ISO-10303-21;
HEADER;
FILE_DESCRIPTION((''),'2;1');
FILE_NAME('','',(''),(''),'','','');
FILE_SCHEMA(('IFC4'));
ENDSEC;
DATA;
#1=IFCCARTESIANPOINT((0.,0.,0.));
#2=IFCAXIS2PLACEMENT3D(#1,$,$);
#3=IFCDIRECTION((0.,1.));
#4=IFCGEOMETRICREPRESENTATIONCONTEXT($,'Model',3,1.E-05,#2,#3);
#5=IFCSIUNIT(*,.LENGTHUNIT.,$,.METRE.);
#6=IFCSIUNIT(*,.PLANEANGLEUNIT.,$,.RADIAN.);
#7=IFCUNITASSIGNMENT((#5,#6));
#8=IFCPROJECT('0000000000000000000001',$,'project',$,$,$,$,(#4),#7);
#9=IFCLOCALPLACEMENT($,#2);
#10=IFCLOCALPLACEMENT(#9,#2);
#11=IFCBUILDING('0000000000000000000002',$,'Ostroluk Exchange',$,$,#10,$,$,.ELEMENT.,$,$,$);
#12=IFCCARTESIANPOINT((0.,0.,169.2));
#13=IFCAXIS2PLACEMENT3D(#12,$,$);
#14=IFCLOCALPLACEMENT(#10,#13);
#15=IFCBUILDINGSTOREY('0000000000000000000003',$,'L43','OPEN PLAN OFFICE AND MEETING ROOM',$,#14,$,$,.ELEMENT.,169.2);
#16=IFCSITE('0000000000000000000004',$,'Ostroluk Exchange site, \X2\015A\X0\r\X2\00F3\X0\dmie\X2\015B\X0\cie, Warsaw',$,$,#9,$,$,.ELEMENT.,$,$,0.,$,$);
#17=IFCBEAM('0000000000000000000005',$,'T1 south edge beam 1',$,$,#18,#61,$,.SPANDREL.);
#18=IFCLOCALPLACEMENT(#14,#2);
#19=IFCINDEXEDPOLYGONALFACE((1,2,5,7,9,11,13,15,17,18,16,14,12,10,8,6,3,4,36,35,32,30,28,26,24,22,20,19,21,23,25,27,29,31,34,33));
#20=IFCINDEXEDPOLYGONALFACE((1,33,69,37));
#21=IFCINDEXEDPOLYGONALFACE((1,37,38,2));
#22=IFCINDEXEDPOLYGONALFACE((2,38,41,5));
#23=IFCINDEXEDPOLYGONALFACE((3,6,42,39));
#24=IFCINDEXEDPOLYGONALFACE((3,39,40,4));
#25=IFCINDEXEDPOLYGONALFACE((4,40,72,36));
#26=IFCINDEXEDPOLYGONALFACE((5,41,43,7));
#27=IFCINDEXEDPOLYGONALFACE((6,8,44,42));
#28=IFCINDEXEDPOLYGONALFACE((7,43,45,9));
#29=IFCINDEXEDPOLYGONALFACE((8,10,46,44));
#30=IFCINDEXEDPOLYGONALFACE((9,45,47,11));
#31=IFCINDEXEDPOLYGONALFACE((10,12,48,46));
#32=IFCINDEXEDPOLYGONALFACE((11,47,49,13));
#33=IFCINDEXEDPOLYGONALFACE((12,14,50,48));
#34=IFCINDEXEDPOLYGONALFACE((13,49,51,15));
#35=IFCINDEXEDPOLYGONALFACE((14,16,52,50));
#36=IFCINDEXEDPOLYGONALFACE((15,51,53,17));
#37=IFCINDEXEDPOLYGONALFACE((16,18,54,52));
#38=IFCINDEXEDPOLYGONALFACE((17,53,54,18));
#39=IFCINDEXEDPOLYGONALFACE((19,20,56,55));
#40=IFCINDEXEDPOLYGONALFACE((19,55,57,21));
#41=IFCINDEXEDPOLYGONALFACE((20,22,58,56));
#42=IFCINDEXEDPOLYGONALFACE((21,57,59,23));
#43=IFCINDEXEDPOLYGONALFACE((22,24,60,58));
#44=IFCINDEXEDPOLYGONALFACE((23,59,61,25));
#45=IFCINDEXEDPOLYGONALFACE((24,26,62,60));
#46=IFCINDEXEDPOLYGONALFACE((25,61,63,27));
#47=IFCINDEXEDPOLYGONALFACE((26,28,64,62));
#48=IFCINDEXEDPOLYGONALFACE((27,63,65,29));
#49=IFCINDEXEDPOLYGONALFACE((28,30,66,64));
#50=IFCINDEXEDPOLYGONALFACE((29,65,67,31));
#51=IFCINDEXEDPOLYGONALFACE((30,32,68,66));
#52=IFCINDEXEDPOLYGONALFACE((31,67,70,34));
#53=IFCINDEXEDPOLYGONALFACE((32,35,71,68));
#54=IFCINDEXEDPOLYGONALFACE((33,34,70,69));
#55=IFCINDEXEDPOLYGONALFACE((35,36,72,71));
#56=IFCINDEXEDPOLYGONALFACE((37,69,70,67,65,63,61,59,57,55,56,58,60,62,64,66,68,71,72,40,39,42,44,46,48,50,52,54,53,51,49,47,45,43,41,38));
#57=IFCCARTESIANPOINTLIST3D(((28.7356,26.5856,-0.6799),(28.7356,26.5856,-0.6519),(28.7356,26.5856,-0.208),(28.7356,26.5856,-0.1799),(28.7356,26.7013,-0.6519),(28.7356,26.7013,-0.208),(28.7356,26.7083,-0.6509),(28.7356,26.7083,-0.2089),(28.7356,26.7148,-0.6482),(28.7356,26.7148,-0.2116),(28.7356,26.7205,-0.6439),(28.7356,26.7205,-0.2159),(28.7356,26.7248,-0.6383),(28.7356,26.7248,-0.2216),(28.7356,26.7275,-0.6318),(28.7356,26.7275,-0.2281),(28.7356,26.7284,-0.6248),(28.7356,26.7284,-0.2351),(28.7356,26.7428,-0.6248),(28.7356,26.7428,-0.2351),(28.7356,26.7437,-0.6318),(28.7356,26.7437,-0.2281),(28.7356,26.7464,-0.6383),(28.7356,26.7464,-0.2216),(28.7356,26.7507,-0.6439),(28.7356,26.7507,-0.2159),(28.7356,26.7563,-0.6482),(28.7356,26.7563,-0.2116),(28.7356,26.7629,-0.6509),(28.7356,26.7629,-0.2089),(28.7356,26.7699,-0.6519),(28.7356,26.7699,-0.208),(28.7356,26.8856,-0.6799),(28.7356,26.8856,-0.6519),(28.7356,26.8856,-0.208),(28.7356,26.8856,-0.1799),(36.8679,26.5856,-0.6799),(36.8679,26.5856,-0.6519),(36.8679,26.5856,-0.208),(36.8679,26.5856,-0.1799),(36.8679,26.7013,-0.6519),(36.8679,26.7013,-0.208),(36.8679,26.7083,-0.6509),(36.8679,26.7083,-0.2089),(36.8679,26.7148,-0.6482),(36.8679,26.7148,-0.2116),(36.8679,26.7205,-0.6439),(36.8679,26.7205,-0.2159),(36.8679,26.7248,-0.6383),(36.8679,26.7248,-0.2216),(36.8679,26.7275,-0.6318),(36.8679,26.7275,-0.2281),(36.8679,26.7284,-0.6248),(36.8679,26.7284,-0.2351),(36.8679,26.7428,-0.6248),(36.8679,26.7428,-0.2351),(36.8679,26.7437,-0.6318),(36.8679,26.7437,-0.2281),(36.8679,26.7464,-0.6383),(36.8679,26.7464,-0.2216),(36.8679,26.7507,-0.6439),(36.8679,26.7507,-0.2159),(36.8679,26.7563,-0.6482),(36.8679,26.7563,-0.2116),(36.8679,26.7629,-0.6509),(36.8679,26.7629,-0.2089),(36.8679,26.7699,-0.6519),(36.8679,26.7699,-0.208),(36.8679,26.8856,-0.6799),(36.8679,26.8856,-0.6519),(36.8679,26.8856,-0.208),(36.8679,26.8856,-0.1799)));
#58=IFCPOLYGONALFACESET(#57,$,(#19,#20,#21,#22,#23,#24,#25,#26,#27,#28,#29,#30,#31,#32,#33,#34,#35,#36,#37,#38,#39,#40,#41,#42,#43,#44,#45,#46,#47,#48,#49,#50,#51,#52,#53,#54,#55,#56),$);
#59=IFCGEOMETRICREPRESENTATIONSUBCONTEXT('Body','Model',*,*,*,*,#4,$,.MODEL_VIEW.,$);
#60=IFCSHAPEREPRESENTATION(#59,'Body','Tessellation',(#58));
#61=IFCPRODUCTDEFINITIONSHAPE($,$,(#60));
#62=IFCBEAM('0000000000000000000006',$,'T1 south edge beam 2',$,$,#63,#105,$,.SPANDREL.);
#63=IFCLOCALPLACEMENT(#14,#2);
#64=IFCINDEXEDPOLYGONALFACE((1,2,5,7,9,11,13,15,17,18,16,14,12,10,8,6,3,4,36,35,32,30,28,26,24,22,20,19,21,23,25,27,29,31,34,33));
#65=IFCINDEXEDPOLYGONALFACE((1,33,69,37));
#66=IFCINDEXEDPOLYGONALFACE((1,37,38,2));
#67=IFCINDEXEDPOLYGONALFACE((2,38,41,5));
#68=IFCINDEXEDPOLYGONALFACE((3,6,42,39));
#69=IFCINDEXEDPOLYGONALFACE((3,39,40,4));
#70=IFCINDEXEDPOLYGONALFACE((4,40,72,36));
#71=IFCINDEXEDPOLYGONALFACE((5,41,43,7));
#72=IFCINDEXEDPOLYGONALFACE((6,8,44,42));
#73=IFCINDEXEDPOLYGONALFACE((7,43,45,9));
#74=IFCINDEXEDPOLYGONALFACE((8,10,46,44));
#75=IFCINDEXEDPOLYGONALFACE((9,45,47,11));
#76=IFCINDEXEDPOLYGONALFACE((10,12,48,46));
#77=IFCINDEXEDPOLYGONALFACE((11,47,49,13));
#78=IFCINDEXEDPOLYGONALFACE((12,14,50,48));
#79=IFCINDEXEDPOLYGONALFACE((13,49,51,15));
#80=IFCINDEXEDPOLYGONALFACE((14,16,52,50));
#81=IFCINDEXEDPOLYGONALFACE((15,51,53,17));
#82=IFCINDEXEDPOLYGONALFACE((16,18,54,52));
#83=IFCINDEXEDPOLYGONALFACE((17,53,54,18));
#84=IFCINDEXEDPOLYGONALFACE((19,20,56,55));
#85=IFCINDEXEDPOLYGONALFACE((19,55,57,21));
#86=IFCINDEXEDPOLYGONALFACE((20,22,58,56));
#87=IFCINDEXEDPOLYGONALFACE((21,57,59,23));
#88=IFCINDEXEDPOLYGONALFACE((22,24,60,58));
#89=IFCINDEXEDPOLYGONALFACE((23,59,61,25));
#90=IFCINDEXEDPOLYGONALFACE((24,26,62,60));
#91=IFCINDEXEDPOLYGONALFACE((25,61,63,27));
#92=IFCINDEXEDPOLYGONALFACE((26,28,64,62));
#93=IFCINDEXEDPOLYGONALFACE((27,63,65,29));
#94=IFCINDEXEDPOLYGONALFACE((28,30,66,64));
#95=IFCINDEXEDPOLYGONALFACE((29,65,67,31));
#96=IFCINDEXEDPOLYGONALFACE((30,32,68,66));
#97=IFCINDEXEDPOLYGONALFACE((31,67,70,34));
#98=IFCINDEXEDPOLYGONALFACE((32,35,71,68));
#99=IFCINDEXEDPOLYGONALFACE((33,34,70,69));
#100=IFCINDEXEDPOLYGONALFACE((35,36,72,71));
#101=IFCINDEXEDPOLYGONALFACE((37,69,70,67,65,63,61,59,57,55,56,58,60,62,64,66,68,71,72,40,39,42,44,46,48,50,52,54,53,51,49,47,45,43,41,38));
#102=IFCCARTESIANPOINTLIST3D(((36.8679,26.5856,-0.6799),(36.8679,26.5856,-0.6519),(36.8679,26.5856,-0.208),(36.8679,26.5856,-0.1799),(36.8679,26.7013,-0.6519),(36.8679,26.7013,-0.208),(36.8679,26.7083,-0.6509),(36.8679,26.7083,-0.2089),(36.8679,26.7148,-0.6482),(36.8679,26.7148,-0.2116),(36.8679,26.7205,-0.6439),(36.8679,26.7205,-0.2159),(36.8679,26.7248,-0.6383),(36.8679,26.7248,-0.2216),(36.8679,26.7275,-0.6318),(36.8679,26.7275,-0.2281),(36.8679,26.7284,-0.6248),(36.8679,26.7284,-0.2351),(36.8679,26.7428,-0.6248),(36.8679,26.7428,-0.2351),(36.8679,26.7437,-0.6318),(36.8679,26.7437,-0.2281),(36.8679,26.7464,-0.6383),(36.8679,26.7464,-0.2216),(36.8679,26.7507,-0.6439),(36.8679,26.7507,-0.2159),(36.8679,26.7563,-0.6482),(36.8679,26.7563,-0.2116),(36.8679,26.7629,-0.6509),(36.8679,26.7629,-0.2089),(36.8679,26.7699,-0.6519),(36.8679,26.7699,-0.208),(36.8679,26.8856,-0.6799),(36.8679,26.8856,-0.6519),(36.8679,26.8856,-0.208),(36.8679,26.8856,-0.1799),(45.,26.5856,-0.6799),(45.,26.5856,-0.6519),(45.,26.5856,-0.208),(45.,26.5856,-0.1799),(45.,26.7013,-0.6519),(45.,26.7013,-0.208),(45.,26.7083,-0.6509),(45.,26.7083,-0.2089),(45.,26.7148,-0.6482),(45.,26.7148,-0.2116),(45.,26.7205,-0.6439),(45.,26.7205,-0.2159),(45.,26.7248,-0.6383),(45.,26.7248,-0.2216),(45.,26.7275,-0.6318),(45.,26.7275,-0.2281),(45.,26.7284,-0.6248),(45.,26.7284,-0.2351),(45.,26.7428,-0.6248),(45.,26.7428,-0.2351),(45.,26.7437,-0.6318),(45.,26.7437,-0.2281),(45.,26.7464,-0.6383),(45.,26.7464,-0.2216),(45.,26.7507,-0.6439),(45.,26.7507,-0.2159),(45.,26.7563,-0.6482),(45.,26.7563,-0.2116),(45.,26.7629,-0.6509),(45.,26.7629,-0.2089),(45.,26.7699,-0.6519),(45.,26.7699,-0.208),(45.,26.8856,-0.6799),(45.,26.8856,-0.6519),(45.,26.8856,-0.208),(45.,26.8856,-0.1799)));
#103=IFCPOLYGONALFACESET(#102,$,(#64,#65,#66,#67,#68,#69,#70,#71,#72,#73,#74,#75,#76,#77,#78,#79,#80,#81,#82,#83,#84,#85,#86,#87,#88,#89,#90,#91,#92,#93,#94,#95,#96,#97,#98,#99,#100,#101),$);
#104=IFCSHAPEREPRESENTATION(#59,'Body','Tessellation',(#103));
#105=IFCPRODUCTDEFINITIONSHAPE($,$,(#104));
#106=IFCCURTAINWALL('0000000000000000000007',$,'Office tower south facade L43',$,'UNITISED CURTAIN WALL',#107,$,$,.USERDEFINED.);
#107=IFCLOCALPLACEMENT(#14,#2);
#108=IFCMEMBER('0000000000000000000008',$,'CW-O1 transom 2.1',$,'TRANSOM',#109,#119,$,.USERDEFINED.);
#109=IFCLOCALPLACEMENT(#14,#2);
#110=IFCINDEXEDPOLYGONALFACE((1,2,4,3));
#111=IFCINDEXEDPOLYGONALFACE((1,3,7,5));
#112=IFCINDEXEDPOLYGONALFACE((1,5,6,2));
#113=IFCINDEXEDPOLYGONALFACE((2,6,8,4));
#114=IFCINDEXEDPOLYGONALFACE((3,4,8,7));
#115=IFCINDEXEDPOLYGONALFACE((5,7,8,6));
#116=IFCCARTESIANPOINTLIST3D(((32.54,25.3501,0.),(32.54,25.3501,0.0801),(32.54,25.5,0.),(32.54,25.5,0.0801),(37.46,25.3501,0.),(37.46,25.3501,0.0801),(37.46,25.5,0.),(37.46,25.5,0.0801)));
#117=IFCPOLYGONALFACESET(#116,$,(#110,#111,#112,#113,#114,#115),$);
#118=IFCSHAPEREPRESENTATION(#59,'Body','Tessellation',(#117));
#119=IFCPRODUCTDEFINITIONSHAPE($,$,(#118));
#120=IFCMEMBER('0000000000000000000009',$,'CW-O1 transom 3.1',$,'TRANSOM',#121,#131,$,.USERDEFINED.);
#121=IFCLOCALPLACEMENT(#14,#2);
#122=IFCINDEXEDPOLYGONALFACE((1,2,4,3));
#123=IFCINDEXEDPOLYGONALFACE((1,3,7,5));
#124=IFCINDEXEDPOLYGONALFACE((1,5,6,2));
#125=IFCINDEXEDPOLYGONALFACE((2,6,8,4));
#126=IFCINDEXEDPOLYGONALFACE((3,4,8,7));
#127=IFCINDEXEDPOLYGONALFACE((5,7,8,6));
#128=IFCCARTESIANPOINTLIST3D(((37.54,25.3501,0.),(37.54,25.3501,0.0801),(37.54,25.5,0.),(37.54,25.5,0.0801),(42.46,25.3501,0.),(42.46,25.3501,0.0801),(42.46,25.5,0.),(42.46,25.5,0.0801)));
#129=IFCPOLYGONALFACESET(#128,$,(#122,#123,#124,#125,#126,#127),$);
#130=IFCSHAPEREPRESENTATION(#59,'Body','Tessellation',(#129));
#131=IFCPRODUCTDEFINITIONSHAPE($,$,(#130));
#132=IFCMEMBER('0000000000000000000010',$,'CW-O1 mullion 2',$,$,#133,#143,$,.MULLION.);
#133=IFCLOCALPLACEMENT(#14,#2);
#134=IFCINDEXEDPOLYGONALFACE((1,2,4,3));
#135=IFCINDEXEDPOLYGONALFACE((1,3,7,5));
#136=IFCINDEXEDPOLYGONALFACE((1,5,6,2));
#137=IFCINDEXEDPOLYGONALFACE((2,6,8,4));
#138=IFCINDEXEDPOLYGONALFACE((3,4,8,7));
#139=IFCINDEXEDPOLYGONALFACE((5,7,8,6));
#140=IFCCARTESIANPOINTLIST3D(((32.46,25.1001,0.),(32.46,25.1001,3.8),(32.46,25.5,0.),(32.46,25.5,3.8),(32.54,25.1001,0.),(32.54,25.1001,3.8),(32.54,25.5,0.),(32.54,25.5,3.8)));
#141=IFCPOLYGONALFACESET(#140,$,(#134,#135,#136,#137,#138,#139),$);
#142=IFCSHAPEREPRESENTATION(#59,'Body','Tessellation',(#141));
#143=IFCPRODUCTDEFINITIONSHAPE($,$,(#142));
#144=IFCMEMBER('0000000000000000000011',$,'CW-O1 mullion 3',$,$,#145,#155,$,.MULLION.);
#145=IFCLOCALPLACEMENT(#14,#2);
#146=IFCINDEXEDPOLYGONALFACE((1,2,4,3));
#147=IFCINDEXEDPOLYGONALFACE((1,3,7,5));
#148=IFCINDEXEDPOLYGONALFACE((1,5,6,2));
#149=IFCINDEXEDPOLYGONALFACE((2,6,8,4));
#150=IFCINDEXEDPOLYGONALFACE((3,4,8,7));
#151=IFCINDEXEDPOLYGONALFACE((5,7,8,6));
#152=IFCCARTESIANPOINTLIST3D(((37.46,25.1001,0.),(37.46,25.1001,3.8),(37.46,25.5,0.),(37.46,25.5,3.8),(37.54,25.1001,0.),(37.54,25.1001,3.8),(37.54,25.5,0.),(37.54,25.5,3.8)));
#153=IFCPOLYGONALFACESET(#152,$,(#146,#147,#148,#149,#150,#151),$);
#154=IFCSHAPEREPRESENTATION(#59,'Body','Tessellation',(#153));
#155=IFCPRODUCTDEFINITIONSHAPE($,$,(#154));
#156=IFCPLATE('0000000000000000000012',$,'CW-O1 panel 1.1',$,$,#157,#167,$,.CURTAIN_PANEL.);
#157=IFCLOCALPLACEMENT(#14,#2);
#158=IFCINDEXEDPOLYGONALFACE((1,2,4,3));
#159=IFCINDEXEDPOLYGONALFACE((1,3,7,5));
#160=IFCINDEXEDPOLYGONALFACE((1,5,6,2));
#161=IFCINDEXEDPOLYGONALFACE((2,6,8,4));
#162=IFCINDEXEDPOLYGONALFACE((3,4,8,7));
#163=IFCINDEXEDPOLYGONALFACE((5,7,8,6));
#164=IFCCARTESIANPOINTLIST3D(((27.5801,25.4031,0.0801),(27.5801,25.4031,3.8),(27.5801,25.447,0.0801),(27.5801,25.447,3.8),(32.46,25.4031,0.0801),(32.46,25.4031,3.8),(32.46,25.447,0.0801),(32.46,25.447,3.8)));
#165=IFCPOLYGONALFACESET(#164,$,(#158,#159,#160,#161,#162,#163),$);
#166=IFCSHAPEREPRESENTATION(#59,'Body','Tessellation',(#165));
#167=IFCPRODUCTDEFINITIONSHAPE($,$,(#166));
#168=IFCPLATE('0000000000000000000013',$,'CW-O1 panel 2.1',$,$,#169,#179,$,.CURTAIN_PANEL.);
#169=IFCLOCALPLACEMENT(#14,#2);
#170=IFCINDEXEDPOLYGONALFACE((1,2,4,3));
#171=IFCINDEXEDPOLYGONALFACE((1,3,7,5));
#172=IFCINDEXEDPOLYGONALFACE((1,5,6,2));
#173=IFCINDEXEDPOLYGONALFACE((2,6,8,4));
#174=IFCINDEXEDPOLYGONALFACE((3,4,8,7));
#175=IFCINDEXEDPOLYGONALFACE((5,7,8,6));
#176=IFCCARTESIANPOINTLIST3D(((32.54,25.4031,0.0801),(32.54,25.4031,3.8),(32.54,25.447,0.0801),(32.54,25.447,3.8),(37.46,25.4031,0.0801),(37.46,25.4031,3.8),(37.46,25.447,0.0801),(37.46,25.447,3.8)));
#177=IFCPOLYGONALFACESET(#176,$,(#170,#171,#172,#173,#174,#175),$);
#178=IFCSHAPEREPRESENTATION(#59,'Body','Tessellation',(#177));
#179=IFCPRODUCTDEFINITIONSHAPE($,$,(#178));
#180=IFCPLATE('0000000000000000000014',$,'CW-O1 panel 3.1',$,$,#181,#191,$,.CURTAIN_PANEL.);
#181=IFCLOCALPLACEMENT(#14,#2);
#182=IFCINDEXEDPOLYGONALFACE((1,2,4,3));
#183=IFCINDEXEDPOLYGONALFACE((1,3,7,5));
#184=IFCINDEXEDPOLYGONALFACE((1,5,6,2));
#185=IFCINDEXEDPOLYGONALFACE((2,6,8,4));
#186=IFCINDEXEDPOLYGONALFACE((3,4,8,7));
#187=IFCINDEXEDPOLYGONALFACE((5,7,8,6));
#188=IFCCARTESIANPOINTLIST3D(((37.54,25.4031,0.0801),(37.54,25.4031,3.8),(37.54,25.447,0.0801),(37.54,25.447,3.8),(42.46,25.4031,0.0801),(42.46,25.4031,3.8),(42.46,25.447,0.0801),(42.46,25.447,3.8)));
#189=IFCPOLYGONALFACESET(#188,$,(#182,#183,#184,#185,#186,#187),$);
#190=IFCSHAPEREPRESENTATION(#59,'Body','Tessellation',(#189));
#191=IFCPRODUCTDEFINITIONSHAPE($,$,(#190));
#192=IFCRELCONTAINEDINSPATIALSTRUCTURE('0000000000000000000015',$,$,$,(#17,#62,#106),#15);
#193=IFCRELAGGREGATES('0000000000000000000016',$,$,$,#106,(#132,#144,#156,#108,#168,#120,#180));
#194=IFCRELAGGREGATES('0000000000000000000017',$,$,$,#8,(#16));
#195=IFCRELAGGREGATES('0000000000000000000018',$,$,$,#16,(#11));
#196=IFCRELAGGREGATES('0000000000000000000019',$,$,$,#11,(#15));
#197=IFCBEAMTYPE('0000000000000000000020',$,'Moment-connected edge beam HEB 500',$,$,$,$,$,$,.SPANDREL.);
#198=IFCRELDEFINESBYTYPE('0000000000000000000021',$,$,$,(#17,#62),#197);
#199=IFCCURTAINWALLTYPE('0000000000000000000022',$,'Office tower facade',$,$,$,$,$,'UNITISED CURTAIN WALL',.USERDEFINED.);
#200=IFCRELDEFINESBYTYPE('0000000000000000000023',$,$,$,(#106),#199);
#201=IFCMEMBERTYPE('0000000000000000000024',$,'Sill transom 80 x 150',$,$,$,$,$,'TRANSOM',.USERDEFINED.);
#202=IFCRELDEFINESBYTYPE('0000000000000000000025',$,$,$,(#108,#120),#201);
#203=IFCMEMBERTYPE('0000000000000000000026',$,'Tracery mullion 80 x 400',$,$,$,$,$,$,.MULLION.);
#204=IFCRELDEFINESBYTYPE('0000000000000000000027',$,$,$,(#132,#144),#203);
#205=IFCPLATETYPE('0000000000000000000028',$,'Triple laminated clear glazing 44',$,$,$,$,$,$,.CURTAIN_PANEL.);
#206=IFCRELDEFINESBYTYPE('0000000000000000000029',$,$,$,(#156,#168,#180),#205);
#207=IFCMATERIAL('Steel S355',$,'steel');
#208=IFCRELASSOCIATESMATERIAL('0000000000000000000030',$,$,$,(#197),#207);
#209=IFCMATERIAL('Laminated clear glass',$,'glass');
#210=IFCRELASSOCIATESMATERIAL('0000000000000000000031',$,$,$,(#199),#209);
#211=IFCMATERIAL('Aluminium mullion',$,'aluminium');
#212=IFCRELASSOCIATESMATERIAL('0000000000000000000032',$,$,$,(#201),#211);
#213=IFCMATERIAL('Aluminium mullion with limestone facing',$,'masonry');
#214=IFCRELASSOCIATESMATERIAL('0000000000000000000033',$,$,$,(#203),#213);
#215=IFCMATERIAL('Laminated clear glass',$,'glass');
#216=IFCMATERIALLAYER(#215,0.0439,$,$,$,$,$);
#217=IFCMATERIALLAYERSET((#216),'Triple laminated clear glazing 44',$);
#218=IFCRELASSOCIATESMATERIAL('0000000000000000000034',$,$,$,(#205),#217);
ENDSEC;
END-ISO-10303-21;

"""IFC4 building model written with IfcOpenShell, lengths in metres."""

from ifc_helpers import new_model, si_unit, direction, frame, origin, origin_2d, place, context, subcontext, project, spatial, rectangle, i_section, extrude, material, layer, layer_set, material_profile, profile_set, type_object, element, aggregate, save


model = new_model("IFC4")

# Units and contexts
model_context = context("Model", 3, precision=1e-05, world=origin(), true_north=direction((0.0, 1.0)))
body_context = subcontext(model_context, "Body", "Model", "MODEL_VIEW")
ifc_project = project(units=[si_unit("LENGTHUNIT", "METRE"), si_unit("PLANEANGLEUNIT", "RADIAN")], contexts=[model_context])

# Site, building, storey
site_placement = place(None, origin())
site = spatial("IfcSite", under=ifc_project, at=site_placement, Name="Ostroluk Exchange site, Śródmieście, Warsaw", CompositionType="ELEMENT", RefElevation=0.0)
building_placement = place(site_placement, origin())
building = spatial("IfcBuilding", under=site, at=building_placement, Name="Ostroluk Exchange", CompositionType="ELEMENT")
storey_placement = place(building_placement, frame((0.0, 0.0, 169.2)))
storey = spatial("IfcBuildingStorey", under=building, at=storey_placement, Name="L43", Description="OPEN PLAN OFFICE AND MEETING ROOM", CompositionType="ELEMENT", Elevation=169.2)

# Beams
ifc_material_1 = material(Name="Steel S355", Category="steel")
ifc_material_profile_1 = material_profile(ifc_material_1, i_section(OverallWidth=0.3, OverallDepth=0.5, WebThickness=0.0144, FlangeThickness=0.0281, FilletRadius=0.0271, at=origin_2d()), Name="HEB 500")
ifc_profile_set_1 = profile_set([ifc_material_profile_1], Name="Steel S355")
beam_type_1 = type_object("IfcBeamType", Name="Moment-connected edge beam HEB 500", PredefinedType="SPANDREL", material=ifc_profile_set_1)
beam_1_placement = place(storey_placement, frame((28.7356, 26.7356, -0.4299), z_axis=(1.0, 0.0, 0.0), x_axis=(0.0, 1.0, 0.0)))
element("IfcBeam", 1, at=beam_1_placement, inside=storey, type_object=beam_type_1, Name="T1 south edge beam 1", PredefinedType="SPANDREL", context=body_context, shape_type="SweptSolid", body=[
    extrude(i_section(OverallWidth=0.3, OverallDepth=0.5, WebThickness=0.0144, FlangeThickness=0.0281, FilletRadius=0.0271, at=origin_2d()), origin(), (0.0, 0.0, 1.0), 8.1323),
])
beam_2_placement = place(storey_placement, frame((36.8679, 26.7356, -0.4299), z_axis=(1.0, 0.0, 0.0), x_axis=(0.0, 1.0, 0.0)))
element("IfcBeam", 2, at=beam_2_placement, inside=storey, type_object=beam_type_1, Name="T1 south edge beam 2", PredefinedType="SPANDREL", context=body_context, shape_type="SweptSolid", body=[
    extrude(i_section(OverallWidth=0.3, OverallDepth=0.5, WebThickness=0.0144, FlangeThickness=0.0281, FilletRadius=0.0271, at=origin_2d()), origin(), (0.0, 0.0, 1.0), 8.1321),
])

# Curtain wall, members, plates
ifc_material_2 = material(Name="Laminated clear glass", Category="glass")
curtain_wall_type = type_object("IfcCurtainWallType", Name="Office tower facade", ElementType="UNITISED CURTAIN WALL", PredefinedType="USERDEFINED", material=ifc_material_2)
curtain_wall_placement = place(storey_placement, origin())
curtain_wall = element("IfcCurtainWall", 3, at=curtain_wall_placement, inside=storey, type_object=curtain_wall_type, Name="Office tower south facade L43", ObjectType="UNITISED CURTAIN WALL", PredefinedType="USERDEFINED")
ifc_material_3 = material(Name="Aluminium mullion", Category="aluminium")
ifc_material_profile_2 = material_profile(ifc_material_3, rectangle(XDim=0.1499, YDim=0.0801, at=origin_2d()), Name="Sill transom 80 x 150")
ifc_profile_set_2 = profile_set([ifc_material_profile_2], Name="Aluminium mullion")
member_type_1 = type_object("IfcMemberType", Name="Sill transom 80 x 150", ElementType="TRANSOM", PredefinedType="USERDEFINED", material=ifc_profile_set_2)
member_1_placement = place(storey_placement, frame((32.54, 25.425, 0.04), z_axis=(1.0, 0.0, 0.0), x_axis=(0.0, 1.0, 0.0)))
member_1 = element("IfcMember", 4, at=member_1_placement, type_object=member_type_1, Name="CW-O1 transom 2.1", ObjectType="TRANSOM", PredefinedType="USERDEFINED", context=body_context, shape_type="SweptSolid", body=[
    extrude(rectangle(XDim=0.1499, YDim=0.0801, at=origin_2d()), origin(), (0.0, 0.0, 1.0), 4.9199),
])
member_2_placement = place(storey_placement, frame((37.54, 25.425, 0.04), z_axis=(1.0, 0.0, 0.0), x_axis=(0.0, 1.0, 0.0)))
member_2 = element("IfcMember", 5, at=member_2_placement, type_object=member_type_1, Name="CW-O1 transom 3.1", ObjectType="TRANSOM", PredefinedType="USERDEFINED", context=body_context, shape_type="SweptSolid", body=[
    extrude(rectangle(XDim=0.1499, YDim=0.0801, at=origin_2d()), origin(), (0.0, 0.0, 1.0), 4.9199),
])
ifc_material_4 = material(Name="Aluminium mullion with limestone facing", Category="masonry")
ifc_material_profile_3 = material_profile(ifc_material_4, rectangle(XDim=0.3999, YDim=0.0801, at=origin_2d()), Name="Tracery mullion 80 x 400")
ifc_profile_set_3 = profile_set([ifc_material_profile_3], Name="Aluminium mullion with limestone facing")
member_type_2 = type_object("IfcMemberType", Name="Tracery mullion 80 x 400", PredefinedType="MULLION", material=ifc_profile_set_3)
member_3_placement = place(storey_placement, frame((32.5, 25.3, 0.0), z_axis=(0.0, 0.0, 1.0), x_axis=(0.0, 1.0, 0.0)))
member_3 = element("IfcMember", 6, at=member_3_placement, type_object=member_type_2, Name="CW-O1 mullion 2", PredefinedType="MULLION", context=body_context, shape_type="SweptSolid", body=[
    extrude(rectangle(XDim=0.3999, YDim=0.0801, at=origin_2d()), origin(), (0.0, 0.0, 1.0), 3.8),
])
member_4_placement = place(storey_placement, frame((37.5, 25.3, 0.0), z_axis=(0.0, 0.0, 1.0), x_axis=(0.0, 1.0, 0.0)))
member_4 = element("IfcMember", 7, at=member_4_placement, type_object=member_type_2, Name="CW-O1 mullion 3", PredefinedType="MULLION", context=body_context, shape_type="SweptSolid", body=[
    extrude(rectangle(XDim=0.3999, YDim=0.0801, at=origin_2d()), origin(), (0.0, 0.0, 1.0), 3.8),
])
ifc_material_5 = material(Name="Laminated clear glass", Category="glass")
ifc_layer_1 = layer(ifc_material_5, 0.0439)
ifc_layer_set_1 = layer_set([ifc_layer_1], Name="Triple laminated clear glazing 44")
plate_type = type_object("IfcPlateType", Name="Triple laminated clear glazing 44", PredefinedType="CURTAIN_PANEL", material=ifc_layer_set_1)
plate_1_placement = place(storey_placement, frame((30.02, 25.425, 0.0801), z_axis=(0.0, 0.0, 1.0), x_axis=(1.0, 0.0, 0.0)))
plate_1 = element("IfcPlate", 8, at=plate_1_placement, type_object=plate_type, Name="CW-O1 panel 1.1", PredefinedType="CURTAIN_PANEL", context=body_context, shape_type="SweptSolid", body=[
    extrude(rectangle(XDim=4.8799, YDim=0.0439, at=origin_2d()), origin(), (0.0, 0.0, 1.0), 3.72),
])
plate_2_placement = place(storey_placement, frame((35.0, 25.425, 0.0801), z_axis=(0.0, 0.0, 1.0), x_axis=(1.0, 0.0, 0.0)))
plate_2 = element("IfcPlate", 9, at=plate_2_placement, type_object=plate_type, Name="CW-O1 panel 2.1", PredefinedType="CURTAIN_PANEL", context=body_context, shape_type="SweptSolid", body=[
    extrude(rectangle(XDim=4.9199, YDim=0.0439, at=origin_2d()), origin(), (0.0, 0.0, 1.0), 3.72),
])
plate_3_placement = place(storey_placement, frame((40.0, 25.425, 0.0801), z_axis=(0.0, 0.0, 1.0), x_axis=(1.0, 0.0, 0.0)))
plate_3 = element("IfcPlate", 10, at=plate_3_placement, type_object=plate_type, Name="CW-O1 panel 3.1", PredefinedType="CURTAIN_PANEL", context=body_context, shape_type="SweptSolid", body=[
    extrude(rectangle(XDim=4.9199, YDim=0.0439, at=origin_2d()), origin(), (0.0, 0.0, 1.0), 3.72),
])
aggregate(curtain_wall, [member_3, member_4, plate_1, member_1, plate_2, member_2, plate_3])

save(model, "model.ifc")
